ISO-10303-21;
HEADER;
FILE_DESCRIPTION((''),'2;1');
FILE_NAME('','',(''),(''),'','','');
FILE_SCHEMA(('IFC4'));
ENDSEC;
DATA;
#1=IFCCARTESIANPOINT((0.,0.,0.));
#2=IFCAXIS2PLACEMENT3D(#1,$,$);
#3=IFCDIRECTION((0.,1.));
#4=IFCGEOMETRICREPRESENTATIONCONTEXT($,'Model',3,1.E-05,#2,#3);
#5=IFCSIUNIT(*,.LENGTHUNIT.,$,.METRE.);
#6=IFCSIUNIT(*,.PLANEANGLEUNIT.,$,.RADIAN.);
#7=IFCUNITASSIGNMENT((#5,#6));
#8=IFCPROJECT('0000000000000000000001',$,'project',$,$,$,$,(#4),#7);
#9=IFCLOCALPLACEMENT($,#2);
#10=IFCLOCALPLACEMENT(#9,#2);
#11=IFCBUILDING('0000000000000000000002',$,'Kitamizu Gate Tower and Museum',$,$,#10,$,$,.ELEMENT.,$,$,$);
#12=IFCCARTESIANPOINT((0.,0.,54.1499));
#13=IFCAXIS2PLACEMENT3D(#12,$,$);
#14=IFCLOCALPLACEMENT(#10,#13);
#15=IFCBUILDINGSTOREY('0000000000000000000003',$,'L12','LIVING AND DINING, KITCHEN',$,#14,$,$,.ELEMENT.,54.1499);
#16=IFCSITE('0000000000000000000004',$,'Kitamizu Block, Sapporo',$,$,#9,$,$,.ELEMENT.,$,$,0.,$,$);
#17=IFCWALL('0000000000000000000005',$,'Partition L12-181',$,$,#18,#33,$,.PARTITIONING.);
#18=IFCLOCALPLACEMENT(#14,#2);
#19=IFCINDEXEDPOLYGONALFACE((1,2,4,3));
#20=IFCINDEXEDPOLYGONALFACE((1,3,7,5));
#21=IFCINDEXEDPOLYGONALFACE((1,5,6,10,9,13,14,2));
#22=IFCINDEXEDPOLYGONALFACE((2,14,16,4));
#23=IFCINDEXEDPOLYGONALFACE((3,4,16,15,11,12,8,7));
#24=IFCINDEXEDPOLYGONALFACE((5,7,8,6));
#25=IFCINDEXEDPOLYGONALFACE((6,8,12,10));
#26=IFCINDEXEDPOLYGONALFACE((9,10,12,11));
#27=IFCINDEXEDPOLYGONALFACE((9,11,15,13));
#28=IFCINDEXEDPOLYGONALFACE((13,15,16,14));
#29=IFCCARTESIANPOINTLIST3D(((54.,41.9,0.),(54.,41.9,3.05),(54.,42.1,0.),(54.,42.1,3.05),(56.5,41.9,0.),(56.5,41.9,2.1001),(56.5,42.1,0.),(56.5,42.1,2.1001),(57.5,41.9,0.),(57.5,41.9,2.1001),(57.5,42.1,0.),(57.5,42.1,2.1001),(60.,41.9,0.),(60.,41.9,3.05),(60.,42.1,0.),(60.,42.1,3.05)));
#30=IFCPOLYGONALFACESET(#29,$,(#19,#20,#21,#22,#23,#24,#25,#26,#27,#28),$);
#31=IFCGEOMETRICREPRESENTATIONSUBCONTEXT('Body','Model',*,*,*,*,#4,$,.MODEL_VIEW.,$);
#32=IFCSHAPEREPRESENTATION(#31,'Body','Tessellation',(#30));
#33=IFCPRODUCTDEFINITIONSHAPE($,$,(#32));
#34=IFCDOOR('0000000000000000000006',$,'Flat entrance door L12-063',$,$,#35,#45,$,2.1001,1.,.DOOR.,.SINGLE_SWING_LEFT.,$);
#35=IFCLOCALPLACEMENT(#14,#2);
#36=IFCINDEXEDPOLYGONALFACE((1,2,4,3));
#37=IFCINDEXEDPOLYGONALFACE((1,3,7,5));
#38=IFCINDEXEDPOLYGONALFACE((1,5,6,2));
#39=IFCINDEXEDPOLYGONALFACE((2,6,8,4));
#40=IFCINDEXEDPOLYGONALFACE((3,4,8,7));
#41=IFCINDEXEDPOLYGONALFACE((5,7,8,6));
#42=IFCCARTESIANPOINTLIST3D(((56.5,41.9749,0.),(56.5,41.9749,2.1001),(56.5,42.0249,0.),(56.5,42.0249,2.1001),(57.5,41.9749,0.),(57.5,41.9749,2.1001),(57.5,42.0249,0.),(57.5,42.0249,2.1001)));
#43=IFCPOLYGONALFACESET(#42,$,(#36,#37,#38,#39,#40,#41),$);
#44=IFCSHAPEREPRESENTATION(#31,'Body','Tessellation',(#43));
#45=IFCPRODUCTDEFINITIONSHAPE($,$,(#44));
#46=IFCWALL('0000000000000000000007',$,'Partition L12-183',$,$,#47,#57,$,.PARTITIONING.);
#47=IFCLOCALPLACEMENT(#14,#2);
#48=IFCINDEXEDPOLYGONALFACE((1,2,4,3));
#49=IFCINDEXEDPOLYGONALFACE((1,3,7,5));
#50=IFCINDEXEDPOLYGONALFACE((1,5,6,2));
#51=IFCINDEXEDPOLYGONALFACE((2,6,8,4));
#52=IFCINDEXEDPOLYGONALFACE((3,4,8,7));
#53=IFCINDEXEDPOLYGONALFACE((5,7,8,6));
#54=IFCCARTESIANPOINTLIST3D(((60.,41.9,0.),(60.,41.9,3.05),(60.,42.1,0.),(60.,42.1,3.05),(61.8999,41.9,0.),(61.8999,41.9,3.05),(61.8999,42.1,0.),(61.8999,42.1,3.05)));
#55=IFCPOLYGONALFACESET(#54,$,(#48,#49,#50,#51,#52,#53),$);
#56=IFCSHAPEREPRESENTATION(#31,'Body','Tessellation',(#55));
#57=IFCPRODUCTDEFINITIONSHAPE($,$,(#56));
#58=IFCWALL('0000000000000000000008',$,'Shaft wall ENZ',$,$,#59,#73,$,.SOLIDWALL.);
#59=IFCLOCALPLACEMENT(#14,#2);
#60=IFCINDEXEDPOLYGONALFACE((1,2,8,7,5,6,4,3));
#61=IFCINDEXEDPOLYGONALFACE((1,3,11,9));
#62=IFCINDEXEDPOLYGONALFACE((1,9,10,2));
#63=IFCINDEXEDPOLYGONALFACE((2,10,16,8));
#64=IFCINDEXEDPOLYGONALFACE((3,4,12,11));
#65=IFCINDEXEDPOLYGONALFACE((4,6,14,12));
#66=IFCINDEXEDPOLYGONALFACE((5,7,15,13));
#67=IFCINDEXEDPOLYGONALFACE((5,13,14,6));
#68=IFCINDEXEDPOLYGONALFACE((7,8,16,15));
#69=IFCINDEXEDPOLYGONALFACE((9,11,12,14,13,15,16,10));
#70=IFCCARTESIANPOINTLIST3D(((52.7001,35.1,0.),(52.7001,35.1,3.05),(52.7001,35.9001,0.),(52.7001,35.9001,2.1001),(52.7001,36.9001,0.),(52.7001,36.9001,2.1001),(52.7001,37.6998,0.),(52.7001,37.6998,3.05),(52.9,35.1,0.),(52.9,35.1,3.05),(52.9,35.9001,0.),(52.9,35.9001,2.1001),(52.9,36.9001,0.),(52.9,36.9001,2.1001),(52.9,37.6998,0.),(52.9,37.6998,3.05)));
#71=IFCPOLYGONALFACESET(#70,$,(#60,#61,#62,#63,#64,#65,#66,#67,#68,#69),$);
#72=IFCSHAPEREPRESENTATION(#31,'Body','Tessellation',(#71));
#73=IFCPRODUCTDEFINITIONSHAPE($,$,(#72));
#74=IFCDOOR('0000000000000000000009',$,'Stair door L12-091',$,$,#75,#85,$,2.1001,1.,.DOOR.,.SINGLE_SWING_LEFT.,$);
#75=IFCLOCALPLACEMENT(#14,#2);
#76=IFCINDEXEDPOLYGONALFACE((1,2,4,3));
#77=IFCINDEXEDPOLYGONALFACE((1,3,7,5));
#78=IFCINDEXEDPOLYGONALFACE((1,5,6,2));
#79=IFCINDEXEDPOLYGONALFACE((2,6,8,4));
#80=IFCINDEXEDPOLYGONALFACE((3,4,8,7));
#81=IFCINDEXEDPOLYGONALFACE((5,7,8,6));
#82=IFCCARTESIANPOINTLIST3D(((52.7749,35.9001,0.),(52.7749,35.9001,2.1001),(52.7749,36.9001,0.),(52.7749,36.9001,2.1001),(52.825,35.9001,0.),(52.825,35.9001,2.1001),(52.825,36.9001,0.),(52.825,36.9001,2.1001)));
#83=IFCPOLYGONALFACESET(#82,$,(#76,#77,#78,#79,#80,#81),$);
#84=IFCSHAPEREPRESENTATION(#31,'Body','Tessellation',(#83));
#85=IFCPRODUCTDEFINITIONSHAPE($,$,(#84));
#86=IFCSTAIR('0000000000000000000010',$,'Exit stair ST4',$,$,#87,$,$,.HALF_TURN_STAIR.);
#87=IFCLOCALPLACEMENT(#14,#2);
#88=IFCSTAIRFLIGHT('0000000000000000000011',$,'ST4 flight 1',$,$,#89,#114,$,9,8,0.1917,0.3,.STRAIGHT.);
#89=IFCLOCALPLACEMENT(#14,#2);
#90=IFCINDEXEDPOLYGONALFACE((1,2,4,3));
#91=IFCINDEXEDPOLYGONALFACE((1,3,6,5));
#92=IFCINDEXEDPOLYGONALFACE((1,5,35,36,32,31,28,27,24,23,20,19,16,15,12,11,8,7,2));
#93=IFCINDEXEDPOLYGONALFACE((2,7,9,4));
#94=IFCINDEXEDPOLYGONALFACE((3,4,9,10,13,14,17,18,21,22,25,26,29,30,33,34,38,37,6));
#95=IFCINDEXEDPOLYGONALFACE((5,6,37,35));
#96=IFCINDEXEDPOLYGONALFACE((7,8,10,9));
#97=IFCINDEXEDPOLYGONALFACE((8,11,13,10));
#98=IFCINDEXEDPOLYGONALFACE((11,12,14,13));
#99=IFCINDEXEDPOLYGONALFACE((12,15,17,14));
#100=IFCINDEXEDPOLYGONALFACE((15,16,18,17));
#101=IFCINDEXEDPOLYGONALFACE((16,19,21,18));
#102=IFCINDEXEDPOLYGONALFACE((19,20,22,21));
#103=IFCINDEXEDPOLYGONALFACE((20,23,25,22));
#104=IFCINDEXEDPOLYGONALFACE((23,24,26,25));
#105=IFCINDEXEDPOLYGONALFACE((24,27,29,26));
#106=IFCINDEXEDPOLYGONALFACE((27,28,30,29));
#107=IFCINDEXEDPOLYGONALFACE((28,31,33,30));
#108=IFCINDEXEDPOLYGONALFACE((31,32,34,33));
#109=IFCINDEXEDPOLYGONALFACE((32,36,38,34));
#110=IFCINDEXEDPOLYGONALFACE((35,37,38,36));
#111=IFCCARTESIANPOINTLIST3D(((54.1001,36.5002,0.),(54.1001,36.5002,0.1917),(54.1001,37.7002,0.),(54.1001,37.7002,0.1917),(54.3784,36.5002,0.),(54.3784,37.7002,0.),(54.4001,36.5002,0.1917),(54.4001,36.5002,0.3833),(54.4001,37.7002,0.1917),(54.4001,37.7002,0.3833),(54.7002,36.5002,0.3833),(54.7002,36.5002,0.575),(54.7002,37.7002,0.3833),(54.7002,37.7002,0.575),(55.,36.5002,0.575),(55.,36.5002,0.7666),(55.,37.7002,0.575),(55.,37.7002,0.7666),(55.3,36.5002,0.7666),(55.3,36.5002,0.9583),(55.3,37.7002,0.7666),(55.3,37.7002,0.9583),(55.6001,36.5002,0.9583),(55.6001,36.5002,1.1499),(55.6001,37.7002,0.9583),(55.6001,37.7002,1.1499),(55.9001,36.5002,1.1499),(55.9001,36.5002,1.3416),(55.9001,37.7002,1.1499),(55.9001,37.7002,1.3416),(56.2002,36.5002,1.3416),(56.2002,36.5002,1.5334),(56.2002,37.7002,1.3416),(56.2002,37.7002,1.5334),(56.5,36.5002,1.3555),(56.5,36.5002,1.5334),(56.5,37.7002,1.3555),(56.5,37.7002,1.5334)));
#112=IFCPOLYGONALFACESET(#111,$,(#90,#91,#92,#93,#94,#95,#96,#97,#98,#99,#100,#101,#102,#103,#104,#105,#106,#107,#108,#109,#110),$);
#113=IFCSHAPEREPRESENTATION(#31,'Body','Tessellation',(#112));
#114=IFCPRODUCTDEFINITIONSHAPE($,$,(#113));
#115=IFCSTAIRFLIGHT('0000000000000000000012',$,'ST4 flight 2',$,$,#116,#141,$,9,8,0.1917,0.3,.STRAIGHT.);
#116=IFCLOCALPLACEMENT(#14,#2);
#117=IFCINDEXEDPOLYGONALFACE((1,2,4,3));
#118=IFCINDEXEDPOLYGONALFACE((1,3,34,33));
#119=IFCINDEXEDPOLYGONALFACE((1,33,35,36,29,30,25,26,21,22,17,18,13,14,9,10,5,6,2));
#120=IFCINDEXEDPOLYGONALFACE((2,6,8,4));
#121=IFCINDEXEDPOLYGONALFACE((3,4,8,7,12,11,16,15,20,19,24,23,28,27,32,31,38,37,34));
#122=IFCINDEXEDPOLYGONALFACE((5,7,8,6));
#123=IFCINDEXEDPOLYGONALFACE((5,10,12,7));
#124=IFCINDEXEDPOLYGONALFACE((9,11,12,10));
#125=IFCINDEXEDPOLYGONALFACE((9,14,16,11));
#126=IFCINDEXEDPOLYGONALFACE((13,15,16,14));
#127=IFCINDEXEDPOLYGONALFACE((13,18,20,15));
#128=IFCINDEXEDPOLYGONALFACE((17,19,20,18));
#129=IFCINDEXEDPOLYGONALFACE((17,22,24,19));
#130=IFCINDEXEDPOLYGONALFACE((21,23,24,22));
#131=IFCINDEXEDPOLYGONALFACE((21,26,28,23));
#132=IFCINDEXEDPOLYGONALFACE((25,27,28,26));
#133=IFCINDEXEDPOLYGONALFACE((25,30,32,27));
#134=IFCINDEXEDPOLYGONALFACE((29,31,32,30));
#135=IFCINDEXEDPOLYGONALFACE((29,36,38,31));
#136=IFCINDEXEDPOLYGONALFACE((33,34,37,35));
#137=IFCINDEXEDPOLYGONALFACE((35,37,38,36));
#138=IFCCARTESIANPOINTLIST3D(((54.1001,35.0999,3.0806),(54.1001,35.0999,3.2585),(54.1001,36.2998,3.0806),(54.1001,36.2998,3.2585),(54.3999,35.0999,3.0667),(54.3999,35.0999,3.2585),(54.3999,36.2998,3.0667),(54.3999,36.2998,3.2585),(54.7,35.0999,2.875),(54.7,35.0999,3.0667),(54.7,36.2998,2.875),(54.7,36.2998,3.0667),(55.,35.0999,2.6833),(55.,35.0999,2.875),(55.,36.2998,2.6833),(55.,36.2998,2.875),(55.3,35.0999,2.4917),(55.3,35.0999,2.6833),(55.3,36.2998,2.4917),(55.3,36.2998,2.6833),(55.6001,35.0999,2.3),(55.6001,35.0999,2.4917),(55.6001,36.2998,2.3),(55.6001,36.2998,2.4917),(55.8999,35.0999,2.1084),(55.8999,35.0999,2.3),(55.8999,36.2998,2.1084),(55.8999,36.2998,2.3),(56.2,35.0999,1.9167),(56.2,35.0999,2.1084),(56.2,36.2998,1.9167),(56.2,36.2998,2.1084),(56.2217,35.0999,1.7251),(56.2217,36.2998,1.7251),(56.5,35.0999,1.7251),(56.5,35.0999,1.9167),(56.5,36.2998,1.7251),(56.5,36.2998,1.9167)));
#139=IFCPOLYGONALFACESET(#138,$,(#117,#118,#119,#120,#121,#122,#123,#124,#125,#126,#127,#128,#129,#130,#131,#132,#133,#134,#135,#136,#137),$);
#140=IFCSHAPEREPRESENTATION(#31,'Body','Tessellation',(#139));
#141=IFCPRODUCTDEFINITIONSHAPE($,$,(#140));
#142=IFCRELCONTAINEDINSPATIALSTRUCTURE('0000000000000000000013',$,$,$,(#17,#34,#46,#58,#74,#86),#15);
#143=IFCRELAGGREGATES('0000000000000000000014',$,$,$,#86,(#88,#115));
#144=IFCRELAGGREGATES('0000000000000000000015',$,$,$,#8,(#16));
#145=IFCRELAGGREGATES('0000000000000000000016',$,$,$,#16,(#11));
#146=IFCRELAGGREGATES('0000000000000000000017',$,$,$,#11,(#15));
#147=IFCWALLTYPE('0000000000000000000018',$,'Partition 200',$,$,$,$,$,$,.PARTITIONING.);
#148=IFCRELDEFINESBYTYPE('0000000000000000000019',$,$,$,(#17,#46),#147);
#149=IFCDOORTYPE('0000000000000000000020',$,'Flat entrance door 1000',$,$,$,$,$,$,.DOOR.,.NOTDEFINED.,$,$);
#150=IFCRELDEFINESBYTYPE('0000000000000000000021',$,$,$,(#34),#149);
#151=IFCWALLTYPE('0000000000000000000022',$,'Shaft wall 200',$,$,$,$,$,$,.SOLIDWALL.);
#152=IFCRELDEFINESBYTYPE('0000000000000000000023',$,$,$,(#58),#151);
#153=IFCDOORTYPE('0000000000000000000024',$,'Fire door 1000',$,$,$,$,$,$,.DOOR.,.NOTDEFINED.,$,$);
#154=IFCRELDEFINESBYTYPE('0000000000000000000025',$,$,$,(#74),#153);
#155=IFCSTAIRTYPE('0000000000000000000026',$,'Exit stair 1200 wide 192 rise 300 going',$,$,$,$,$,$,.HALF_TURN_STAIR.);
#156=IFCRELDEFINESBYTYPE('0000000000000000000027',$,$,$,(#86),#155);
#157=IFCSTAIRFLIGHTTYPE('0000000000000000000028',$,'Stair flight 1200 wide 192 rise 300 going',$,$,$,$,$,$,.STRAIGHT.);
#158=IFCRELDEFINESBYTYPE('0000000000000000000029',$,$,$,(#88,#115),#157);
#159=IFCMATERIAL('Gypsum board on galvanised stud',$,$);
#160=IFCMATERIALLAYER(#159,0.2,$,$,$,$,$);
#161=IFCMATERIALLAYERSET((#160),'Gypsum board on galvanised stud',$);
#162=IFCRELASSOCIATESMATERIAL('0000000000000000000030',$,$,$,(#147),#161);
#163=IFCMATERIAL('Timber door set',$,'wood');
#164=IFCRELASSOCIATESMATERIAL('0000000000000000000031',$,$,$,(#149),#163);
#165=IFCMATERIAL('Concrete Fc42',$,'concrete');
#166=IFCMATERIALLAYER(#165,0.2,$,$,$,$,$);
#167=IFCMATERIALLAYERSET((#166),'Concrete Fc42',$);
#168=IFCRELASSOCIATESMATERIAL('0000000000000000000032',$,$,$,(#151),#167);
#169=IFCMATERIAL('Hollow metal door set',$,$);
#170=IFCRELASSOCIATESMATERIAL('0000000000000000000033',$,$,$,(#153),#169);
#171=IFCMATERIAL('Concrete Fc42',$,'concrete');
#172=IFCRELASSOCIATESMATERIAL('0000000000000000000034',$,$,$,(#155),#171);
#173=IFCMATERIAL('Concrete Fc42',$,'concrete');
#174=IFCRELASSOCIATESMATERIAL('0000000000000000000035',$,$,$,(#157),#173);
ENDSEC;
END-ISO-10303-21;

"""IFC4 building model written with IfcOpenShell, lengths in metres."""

from ifc_helpers import new_model, si_unit, direction, frame, frame_2d, origin, place, context, subcontext, project, spatial, polyline, rectangle, outline, extrude, material, layer, layer_set, type_object, element, fill, aggregate, save


model = new_model("IFC4")

# Units and contexts
model_context = context("Model", 3, precision=1e-05, world=origin(), true_north=direction((0.0, 1.0)))
body_context = subcontext(model_context, "Body", "Model", "MODEL_VIEW")
ifc_project = project(units=[si_unit("LENGTHUNIT", "METRE"), si_unit("PLANEANGLEUNIT", "RADIAN")], contexts=[model_context])

# Site, building, storey
site_placement = place(None, origin())
site = spatial("IfcSite", under=ifc_project, at=site_placement, Name="Kitamizu Block, Sapporo", CompositionType="ELEMENT", RefElevation=0.0)
building_placement = place(site_placement, origin())
building = spatial("IfcBuilding", under=site, at=building_placement, Name="Kitamizu Gate Tower and Museum", CompositionType="ELEMENT")
storey_placement = place(building_placement, frame((0.0, 0.0, 54.1499)))
storey = spatial("IfcBuildingStorey", under=building, at=storey_placement, Name="L12", Description="LIVING AND DINING, KITCHEN", CompositionType="ELEMENT", Elevation=54.1499)

# Wall, opening, door
ifc_material_1 = material(Name="Gypsum board on galvanised stud")
ifc_layer_1 = layer(ifc_material_1, 0.2)
ifc_layer_set_1 = layer_set([ifc_layer_1], Name="Gypsum board on galvanised stud")
wall_type_1 = type_object("IfcWallType", Name="Partition 200", PredefinedType="PARTITIONING", material=ifc_layer_set_1)
wall_1_placement = place(storey_placement, frame((54.0, 42.0, 0.0), z_axis=(0.0, 0.0, 1.0), x_axis=(1.0, 0.0, 0.0)))
wall_1 = element("IfcWall", 1, at=wall_1_placement, inside=storey, type_object=wall_type_1, Name="Partition L12-181", PredefinedType="PARTITIONING", context=body_context, shape_type="SweptSolid", body=[
    extrude(rectangle(XDim=6.0, YDim=0.2, at=frame_2d((3.0, 0.0))), origin(), (0.0, 0.0, 1.0), 3.05),
])
opening_1_placement = place(wall_1_placement, frame((2.5, 0.0, 0.0)))
opening_1 = element("IfcOpeningElement", 2, at=opening_1_placement, cuts=wall_1, PredefinedType="OPENING", context=body_context, shape_type="SweptSolid", body=[
    extrude(rectangle(XDim=1.0, YDim=2.1001, at=frame_2d((0.5, 1.05))), frame((0.0, 0.1099, 0.0), z_axis=(0.0, -1.0, 0.0), x_axis=(1.0, 0.0, 0.0)), (0.0, 0.0, 1.0), 0.22),
])
ifc_material_2 = material(Name="Timber door set", Category="wood")
door_type_1 = type_object("IfcDoorType", Name="Flat entrance door 1000", OperationType="NOTDEFINED", PredefinedType="DOOR", material=ifc_material_2)
door_1_placement = place(opening_1_placement, origin())
door_1 = element("IfcDoor", 3, at=door_1_placement, inside=storey, type_object=door_type_1, Name="Flat entrance door L12-063", OperationType="SINGLE_SWING_LEFT", OverallHeight=2.1001, OverallWidth=1.0, PredefinedType="DOOR", context=body_context, shape_type="SweptSolid", body=[
    extrude(rectangle(XDim=1.0, YDim=2.1001, at=frame_2d((0.5, 1.05))), frame((0.0, 0.0249, 0.0), z_axis=(0.0, -1.0, 0.0), x_axis=(1.0, 0.0, 0.0)), (0.0, 0.0, 1.0), 0.05),
])
fill(opening_1, door_1)

# Wall
wall_2_placement = place(storey_placement, frame((60.0, 42.0, 0.0), z_axis=(0.0, 0.0, 1.0), x_axis=(1.0, 0.0, 0.0)))
element("IfcWall", 4, at=wall_2_placement, inside=storey, type_object=wall_type_1, Name="Partition L12-183", PredefinedType="PARTITIONING", context=body_context, shape_type="SweptSolid", body=[
    extrude(rectangle(XDim=1.8999, YDim=0.2, at=frame_2d((0.95, 0.0))), origin(), (0.0, 0.0, 1.0), 3.05),
])

# Wall, opening, door
ifc_material_3 = material(Name="Concrete Fc42", Category="concrete")
ifc_layer_2 = layer(ifc_material_3, 0.2)
ifc_layer_set_2 = layer_set([ifc_layer_2], Name="Concrete Fc42")
wall_type_2 = type_object("IfcWallType", Name="Shaft wall 200", PredefinedType="SOLIDWALL", material=ifc_layer_set_2)
wall_3_placement = place(storey_placement, frame((52.8, 35.1001, 0.0), z_axis=(0.0, 0.0, 1.0), x_axis=(0.0, 1.0, 0.0)))
wall_3 = element("IfcWall", 5, at=wall_3_placement, inside=storey, type_object=wall_type_2, Name="Shaft wall ENZ", PredefinedType="SOLIDWALL", context=body_context, shape_type="SweptSolid", body=[
    extrude(rectangle(XDim=2.5999, YDim=0.2, at=frame_2d((1.2998, 0.0))), origin(), (0.0, 0.0, 1.0), 3.05),
])
opening_2_placement = place(wall_3_placement, frame((0.8, 0.0, 0.0)))
opening_2 = element("IfcOpeningElement", 6, at=opening_2_placement, cuts=wall_3, PredefinedType="OPENING", context=body_context, shape_type="SweptSolid", body=[
    extrude(rectangle(XDim=1.0, YDim=2.1001, at=frame_2d((0.5, 1.05))), frame((0.0, 0.1099, 0.0), z_axis=(0.0, -1.0, 0.0), x_axis=(1.0, 0.0, 0.0)), (0.0, 0.0, 1.0), 0.22),
])
ifc_material_4 = material(Name="Hollow metal door set")
door_type_2 = type_object("IfcDoorType", Name="Fire door 1000", OperationType="NOTDEFINED", PredefinedType="DOOR", material=ifc_material_4)
door_2_placement = place(opening_2_placement, frame((1.0, 0.0, 0.0), x_axis=(-1.0, 0.0, 0.0)))
door_2 = element("IfcDoor", 7, at=door_2_placement, inside=storey, type_object=door_type_2, Name="Stair door L12-091", OperationType="SINGLE_SWING_LEFT", OverallHeight=2.1001, OverallWidth=1.0, PredefinedType="DOOR", context=body_context, shape_type="SweptSolid", body=[
    extrude(rectangle(XDim=1.0, YDim=2.1001, at=frame_2d((0.5, 1.05))), frame((0.0, 0.0249, 0.0), z_axis=(0.0, -1.0, 0.0), x_axis=(1.0, 0.0, 0.0)), (0.0, 0.0, 1.0), 0.05),
])
fill(opening_2, door_2)

# Stair, stair flights
ifc_material_5 = material(Name="Concrete Fc42", Category="concrete")
stair_type = type_object("IfcStairType", Name="Exit stair 1200 wide 192 rise 300 going", PredefinedType="HALF_TURN_STAIR", material=ifc_material_5)
stair_placement = place(storey_placement, origin())
stair = element("IfcStair", 8, at=stair_placement, inside=storey, type_object=stair_type, Name="Exit stair ST4", PredefinedType="HALF_TURN_STAIR")
ifc_material_6 = material(Name="Concrete Fc42", Category="concrete")
stair_flight_type = type_object("IfcStairFlightType", Name="Stair flight 1200 wide 192 rise 300 going", PredefinedType="STRAIGHT", material=ifc_material_6)
stair_flight_1_placement = place(storey_placement, frame((54.1001, 37.1001, 0.0), z_axis=(0.0, 0.0, 1.0), x_axis=(1.0, 0.0, 0.0)))
stair_flight_1 = element("IfcStairFlight", 9, at=stair_flight_1_placement, type_object=stair_flight_type, Name="ST4 flight 1", NumberOfRisers=9, NumberOfTreads=8, PredefinedType="STRAIGHT", RiserHeight=0.1917, TreadLength=0.3, context=body_context, shape_type="SweptSolid", body=[
    extrude(outline(polyline([(0.0, 0.0), (0.0, 0.1917), (0.3, 0.1917), (0.3, 0.3833), (0.6001, 0.3833), (0.6001, 0.575), (0.8999, 0.575), (0.8999, 0.7666), (1.2, 0.7666), (1.2, 0.9583), (1.5, 0.9583), (1.5, 1.1499), (1.8, 1.1499), (1.8, 1.3416), (2.1001, 1.3416), (2.1001, 1.5334), (2.3999, 1.5334), (2.3999, 1.7251), (2.3999, 1.3555), (0.2783, 0.0), (0.0, 0.0)])), frame((0.0, 0.6001, 0.0), z_axis=(0.0, -1.0, 0.0), x_axis=(1.0, 0.0, 0.0)), (0.0, 0.0, 1.0), 1.2),
])
stair_flight_2_placement = place(storey_placement, frame((56.5, 35.7, 1.7251), z_axis=(0.0, 0.0, 1.0), x_axis=(-1.0, 0.0, 0.0)))
stair_flight_2 = element("IfcStairFlight", 10, at=stair_flight_2_placement, type_object=stair_flight_type, Name="ST4 flight 2", NumberOfRisers=9, NumberOfTreads=8, PredefinedType="STRAIGHT", RiserHeight=0.1917, TreadLength=0.3, context=body_context, shape_type="SweptSolid", body=[
    extrude(outline(polyline([(0.0, 0.0), (0.0, 0.1917), (0.3, 0.1917), (0.3, 0.3833), (0.6001, 0.3833), (0.6001, 0.575), (0.8999, 0.575), (0.8999, 0.7666), (1.2, 0.7666), (1.2, 0.9583), (1.5, 0.9583), (1.5, 1.1499), (1.8, 1.1499), (1.8, 1.3416), (2.1001, 1.3416), (2.1001, 1.5334), (2.3999, 1.5334), (2.3999, 1.7251), (2.3999, 1.3555), (0.2783, 0.0), (0.0, 0.0)])), frame((0.0, 0.6001, 0.0), z_axis=(0.0, -1.0, 0.0), x_axis=(1.0, 0.0, 0.0)), (0.0, 0.0, 1.0), 1.2),
])
aggregate(stair, [stair_flight_1, stair_flight_2])

save(model, "model.ifc")
